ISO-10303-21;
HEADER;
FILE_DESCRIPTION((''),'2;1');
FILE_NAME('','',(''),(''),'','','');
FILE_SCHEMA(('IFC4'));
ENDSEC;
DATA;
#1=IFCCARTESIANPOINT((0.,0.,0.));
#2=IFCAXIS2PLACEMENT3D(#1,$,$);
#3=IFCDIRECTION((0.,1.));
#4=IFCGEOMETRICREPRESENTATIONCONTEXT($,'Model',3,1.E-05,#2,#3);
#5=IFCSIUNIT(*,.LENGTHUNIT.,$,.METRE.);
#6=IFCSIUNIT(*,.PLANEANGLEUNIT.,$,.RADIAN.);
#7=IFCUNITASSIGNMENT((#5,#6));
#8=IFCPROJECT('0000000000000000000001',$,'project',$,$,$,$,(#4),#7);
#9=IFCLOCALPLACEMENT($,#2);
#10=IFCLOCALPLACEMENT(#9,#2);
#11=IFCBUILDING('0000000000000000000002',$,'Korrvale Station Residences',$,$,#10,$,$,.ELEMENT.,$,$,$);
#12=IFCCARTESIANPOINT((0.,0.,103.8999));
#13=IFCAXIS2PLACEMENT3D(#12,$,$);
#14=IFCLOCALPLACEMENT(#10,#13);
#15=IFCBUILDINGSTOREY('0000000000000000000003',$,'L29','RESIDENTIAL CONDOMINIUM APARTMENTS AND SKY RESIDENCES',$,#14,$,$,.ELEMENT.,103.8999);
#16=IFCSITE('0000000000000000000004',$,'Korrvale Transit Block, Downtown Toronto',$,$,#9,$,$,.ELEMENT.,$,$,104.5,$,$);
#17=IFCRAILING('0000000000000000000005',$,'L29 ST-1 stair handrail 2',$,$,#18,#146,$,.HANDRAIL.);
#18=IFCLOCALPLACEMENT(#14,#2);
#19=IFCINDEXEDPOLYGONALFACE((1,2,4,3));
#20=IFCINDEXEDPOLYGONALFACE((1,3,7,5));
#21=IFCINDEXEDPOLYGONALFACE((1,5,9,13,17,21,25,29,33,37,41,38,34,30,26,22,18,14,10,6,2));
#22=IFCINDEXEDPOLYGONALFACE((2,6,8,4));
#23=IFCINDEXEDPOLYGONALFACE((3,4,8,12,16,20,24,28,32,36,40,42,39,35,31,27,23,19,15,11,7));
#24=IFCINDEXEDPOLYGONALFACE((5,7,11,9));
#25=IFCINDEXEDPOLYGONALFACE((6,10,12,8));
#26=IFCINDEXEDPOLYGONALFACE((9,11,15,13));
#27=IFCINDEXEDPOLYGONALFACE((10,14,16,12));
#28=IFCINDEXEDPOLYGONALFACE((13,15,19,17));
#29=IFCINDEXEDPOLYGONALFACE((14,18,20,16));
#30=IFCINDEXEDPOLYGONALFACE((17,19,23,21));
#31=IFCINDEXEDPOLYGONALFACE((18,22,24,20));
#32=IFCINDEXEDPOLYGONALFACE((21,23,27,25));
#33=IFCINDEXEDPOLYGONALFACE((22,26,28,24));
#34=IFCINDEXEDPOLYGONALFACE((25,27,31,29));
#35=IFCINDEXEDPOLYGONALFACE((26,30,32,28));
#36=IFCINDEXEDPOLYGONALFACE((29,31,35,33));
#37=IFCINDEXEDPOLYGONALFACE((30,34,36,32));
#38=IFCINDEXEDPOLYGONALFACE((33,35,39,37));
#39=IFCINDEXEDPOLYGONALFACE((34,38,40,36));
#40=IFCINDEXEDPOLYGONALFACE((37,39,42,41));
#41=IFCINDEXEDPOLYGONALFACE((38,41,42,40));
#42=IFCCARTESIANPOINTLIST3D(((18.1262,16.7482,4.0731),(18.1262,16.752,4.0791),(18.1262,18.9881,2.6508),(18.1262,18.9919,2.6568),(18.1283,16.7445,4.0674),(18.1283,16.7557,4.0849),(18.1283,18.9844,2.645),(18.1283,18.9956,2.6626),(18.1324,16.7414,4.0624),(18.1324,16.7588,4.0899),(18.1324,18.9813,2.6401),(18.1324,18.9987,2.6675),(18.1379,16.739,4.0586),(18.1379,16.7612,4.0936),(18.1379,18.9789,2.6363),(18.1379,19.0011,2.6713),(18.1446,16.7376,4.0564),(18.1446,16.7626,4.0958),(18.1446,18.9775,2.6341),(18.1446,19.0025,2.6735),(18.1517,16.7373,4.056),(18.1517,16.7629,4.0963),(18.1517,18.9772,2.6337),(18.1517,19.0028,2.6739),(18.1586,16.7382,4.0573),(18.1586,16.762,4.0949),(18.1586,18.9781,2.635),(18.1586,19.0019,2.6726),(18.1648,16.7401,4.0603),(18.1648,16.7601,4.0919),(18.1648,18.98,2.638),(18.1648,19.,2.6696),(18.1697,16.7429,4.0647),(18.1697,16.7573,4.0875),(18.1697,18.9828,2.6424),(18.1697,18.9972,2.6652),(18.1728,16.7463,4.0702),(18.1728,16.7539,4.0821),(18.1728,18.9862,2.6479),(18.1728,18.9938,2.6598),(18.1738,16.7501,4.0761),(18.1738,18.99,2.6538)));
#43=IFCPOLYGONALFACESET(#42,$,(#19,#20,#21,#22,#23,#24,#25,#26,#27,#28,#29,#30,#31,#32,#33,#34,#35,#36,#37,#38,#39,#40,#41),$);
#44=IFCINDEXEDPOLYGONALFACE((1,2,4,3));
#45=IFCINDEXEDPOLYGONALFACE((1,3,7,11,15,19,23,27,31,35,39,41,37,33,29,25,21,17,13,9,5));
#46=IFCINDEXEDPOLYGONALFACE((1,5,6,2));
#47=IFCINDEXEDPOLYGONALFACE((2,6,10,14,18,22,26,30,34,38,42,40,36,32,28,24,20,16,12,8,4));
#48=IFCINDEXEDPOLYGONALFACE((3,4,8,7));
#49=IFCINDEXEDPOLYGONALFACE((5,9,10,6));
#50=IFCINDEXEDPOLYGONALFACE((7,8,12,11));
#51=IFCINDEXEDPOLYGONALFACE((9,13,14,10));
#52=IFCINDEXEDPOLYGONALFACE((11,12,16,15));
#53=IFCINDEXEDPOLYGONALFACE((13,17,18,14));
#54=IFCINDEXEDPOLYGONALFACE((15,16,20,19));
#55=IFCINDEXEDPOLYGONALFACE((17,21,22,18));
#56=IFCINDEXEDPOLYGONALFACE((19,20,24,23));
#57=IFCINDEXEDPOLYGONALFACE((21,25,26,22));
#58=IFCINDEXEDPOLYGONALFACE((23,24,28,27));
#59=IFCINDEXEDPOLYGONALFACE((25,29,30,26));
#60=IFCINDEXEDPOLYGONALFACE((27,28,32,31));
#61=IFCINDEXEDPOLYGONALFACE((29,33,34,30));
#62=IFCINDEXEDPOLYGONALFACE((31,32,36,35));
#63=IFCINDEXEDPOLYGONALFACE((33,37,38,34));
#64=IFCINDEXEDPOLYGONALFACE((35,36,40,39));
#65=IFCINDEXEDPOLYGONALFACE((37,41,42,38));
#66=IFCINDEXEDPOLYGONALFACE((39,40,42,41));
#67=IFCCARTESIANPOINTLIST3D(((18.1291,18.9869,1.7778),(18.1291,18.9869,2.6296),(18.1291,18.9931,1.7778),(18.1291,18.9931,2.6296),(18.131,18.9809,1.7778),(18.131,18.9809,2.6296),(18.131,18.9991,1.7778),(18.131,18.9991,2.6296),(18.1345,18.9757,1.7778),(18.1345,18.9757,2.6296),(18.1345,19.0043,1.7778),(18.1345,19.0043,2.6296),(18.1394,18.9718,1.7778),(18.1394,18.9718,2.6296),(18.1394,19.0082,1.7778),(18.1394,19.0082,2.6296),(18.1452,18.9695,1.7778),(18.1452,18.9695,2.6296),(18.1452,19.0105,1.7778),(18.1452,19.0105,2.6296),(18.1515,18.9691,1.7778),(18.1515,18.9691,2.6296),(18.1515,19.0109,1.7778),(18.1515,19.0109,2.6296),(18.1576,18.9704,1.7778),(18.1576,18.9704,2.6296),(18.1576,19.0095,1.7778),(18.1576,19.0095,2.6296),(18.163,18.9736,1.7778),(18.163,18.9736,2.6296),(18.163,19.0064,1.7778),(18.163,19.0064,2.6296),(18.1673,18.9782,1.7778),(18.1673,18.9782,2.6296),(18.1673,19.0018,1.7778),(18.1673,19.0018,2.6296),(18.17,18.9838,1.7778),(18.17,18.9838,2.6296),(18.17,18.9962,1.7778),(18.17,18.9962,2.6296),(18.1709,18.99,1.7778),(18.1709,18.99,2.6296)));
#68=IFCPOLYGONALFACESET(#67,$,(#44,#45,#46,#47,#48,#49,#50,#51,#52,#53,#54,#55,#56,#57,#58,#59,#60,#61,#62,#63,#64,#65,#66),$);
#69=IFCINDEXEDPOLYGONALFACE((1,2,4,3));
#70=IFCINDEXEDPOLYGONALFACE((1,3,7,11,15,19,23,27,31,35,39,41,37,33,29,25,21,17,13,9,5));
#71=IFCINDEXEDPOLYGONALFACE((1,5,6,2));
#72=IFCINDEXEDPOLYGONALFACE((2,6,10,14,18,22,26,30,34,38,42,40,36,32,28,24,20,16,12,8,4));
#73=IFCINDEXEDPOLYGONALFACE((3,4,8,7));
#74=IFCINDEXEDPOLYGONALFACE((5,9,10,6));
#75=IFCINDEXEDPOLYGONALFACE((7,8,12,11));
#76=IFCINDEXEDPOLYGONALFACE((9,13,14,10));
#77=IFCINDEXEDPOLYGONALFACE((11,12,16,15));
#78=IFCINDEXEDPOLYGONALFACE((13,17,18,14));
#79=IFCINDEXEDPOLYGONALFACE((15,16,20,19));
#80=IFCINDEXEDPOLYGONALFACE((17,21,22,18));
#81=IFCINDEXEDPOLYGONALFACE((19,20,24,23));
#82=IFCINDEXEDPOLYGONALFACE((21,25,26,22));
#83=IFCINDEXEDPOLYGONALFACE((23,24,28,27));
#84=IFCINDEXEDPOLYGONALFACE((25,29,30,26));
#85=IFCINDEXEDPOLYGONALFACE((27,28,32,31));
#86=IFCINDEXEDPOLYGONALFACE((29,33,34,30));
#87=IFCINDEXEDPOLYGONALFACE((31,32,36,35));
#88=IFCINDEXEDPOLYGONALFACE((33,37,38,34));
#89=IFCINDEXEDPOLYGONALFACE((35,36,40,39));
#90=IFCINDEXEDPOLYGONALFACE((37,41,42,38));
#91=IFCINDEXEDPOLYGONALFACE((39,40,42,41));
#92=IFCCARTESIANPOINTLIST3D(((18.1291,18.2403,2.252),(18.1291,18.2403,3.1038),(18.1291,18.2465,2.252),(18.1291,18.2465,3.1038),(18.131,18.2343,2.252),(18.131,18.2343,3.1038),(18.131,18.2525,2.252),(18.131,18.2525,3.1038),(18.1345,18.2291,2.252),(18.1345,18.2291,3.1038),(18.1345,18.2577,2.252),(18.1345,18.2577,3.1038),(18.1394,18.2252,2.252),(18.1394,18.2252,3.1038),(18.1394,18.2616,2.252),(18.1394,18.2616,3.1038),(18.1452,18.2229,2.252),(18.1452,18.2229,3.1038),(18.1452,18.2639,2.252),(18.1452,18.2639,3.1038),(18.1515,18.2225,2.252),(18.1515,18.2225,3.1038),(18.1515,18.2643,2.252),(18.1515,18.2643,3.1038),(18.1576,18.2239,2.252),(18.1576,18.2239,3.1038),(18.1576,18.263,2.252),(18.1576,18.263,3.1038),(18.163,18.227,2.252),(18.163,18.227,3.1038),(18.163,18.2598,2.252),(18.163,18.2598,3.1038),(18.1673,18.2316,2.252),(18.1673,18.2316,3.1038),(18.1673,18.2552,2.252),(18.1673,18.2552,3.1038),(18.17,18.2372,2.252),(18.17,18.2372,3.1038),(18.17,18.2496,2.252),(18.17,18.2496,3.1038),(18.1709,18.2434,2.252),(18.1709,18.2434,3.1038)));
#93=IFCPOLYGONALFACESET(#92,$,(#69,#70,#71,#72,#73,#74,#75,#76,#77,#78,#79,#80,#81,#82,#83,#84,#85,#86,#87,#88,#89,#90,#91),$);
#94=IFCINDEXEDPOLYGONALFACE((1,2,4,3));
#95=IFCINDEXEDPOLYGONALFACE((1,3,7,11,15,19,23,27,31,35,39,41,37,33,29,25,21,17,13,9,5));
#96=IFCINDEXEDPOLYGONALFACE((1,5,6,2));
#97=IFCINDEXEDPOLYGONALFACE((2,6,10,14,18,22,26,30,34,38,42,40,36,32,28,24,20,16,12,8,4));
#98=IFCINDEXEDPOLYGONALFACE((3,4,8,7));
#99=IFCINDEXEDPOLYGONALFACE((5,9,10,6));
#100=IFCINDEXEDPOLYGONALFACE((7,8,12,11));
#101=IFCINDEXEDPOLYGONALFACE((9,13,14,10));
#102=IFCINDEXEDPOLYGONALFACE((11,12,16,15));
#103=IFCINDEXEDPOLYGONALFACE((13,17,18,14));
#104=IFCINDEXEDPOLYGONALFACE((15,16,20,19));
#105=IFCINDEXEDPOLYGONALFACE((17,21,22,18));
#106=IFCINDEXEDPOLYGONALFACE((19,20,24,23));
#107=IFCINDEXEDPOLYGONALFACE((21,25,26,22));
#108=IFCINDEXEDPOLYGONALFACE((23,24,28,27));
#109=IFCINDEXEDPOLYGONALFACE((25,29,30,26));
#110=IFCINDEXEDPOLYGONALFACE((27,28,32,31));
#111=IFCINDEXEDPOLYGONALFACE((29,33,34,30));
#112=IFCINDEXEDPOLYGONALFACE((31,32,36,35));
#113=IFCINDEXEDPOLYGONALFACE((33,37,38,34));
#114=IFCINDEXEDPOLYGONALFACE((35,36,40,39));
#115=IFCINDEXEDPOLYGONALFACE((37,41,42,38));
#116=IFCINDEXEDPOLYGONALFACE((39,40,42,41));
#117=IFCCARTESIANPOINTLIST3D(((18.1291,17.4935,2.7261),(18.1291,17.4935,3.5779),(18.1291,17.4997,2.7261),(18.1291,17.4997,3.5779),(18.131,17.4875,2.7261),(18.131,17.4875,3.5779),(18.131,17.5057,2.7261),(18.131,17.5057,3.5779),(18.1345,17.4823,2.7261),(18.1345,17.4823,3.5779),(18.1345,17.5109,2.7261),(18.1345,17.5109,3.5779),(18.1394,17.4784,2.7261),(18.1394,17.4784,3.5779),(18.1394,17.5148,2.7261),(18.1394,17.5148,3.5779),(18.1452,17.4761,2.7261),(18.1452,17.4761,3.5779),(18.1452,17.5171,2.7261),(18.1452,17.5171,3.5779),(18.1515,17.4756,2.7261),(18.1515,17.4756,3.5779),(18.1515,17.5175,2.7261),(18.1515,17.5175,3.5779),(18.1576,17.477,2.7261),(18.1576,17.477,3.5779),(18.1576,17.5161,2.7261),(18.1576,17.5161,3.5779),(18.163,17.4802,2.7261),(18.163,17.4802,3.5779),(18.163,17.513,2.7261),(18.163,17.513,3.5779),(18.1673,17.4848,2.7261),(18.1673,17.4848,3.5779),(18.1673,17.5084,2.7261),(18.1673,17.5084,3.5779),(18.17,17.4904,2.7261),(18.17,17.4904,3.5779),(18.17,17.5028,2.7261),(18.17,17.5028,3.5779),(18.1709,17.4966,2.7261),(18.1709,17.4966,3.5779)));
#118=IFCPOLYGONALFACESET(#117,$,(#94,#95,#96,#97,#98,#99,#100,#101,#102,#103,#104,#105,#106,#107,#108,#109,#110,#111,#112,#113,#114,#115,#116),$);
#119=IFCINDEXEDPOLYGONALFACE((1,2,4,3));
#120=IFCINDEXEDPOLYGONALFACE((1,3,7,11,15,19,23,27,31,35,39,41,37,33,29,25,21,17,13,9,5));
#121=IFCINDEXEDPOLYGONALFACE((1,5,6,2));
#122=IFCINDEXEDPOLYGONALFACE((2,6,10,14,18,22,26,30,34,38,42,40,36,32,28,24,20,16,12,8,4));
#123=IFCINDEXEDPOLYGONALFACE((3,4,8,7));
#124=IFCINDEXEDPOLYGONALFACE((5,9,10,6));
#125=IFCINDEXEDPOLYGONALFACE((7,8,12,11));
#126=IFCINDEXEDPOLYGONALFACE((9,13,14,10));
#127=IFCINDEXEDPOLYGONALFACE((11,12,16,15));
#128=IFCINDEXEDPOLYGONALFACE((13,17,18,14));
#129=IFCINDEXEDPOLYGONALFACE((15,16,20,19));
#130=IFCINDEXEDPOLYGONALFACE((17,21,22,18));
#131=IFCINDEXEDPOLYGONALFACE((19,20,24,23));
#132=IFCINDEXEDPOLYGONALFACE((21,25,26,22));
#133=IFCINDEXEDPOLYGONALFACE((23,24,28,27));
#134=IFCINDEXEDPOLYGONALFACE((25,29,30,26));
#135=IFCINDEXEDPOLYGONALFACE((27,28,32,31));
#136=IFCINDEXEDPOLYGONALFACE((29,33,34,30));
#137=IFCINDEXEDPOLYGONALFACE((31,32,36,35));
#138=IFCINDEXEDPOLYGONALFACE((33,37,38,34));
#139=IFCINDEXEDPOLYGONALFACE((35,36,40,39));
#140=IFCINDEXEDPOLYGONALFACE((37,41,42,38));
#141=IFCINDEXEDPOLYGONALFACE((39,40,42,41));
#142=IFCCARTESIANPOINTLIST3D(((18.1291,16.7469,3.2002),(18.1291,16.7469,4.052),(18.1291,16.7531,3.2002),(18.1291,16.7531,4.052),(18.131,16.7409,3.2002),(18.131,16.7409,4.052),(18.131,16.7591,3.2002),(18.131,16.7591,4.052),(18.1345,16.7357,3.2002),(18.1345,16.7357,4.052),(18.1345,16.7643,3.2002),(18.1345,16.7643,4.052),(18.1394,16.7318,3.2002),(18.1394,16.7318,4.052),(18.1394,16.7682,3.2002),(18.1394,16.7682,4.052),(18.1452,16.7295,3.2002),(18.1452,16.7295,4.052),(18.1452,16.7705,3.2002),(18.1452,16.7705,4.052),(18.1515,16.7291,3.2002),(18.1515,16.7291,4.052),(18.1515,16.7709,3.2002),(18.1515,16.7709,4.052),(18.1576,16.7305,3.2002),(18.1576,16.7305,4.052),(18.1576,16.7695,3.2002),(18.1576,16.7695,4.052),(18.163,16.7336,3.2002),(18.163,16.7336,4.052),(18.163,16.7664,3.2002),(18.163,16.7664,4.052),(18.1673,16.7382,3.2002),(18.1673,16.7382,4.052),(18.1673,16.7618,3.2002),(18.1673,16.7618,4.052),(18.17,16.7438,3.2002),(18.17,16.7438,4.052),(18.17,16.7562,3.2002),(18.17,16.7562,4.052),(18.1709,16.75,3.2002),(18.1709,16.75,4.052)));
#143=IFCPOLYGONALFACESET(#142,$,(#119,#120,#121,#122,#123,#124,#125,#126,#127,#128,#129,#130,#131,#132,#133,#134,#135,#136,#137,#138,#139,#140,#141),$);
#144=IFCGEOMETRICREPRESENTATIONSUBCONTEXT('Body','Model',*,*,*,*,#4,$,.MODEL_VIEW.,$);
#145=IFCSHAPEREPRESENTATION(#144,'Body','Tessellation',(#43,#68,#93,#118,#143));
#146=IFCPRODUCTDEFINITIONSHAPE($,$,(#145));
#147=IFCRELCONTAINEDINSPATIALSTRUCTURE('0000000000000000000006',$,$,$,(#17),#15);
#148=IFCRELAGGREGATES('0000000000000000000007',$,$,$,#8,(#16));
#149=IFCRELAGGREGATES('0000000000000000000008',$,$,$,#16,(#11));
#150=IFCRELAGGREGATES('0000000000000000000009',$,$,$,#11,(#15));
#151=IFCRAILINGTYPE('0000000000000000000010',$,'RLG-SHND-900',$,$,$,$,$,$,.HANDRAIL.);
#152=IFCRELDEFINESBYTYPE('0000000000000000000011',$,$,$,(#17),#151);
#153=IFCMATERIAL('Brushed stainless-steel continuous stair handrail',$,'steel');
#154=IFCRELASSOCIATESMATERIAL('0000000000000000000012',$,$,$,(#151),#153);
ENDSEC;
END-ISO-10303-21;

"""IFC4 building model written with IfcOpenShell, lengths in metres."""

from ifc_helpers import new_model, si_unit, direction, frame, origin, origin_2d, place, context, subcontext, project, spatial, circle, extrude, material, type_object, element, save


model = new_model("IFC4")

# Units and contexts
model_context = context("Model", 3, precision=1e-05, world=origin(), true_north=direction((0.0, 1.0)))
body_context = subcontext(model_context, "Body", "Model", "MODEL_VIEW")
ifc_project = project(units=[si_unit("LENGTHUNIT", "METRE"), si_unit("PLANEANGLEUNIT", "RADIAN")], contexts=[model_context])

# Site, building, storey
site_placement = place(None, origin())
site = spatial("IfcSite", under=ifc_project, at=site_placement, Name="Korrvale Transit Block, Downtown Toronto", CompositionType="ELEMENT", RefElevation=104.5)
building_placement = place(site_placement, origin())
building = spatial("IfcBuilding", under=site, at=building_placement, Name="Korrvale Station Residences", CompositionType="ELEMENT")
storey_placement = place(building_placement, frame((0.0, 0.0, 103.8999)))
storey = spatial("IfcBuildingStorey", under=building, at=storey_placement, Name="L29", Description="RESIDENTIAL CONDOMINIUM APARTMENTS AND SKY RESIDENCES", CompositionType="ELEMENT", Elevation=103.8999)

# Railing
ifc_material_1 = material(Name="Brushed stainless-steel continuous stair handrail", Category="steel")
railing_type_1 = type_object("IfcRailingType", Name="RLG-SHND-900", PredefinedType="HANDRAIL", material=ifc_material_1)
railing_1_placement = place(storey_placement, frame((18.1499, 18.99, 1.7778)))
element("IfcRailing", 1, at=railing_1_placement, inside=storey, type_object=railing_type_1, Name="L29 ST-1 stair handrail 2", PredefinedType="HANDRAIL", context=body_context, shape_type="SweptSolid", body=[
    extrude(circle(Radius=0.0239, at=origin_2d()), frame((0.0, 0.0, 0.876), z_axis=(0.0, -0.844188, 0.536048), x_axis=(1.0, 0.0, 0.0)), (0.0, 0.0, 1.0), 2.6533),
    extrude(circle(Radius=0.021, at=origin_2d()), origin(), (0.0, 0.0, 1.0), 0.8518),
    extrude(circle(Radius=0.021, at=origin_2d()), frame((0.0, -0.7466, 0.4741)), (0.0, 0.0, 1.0), 0.8518),
    extrude(circle(Radius=0.021, at=origin_2d()), frame((0.0, -1.4934, 0.9482)), (0.0, 0.0, 1.0), 0.8518),
    extrude(circle(Radius=0.021, at=origin_2d()), frame((0.0, -2.24, 1.4224)), (0.0, 0.0, 1.0), 0.8518),
])

save(model, "model.ifc")
